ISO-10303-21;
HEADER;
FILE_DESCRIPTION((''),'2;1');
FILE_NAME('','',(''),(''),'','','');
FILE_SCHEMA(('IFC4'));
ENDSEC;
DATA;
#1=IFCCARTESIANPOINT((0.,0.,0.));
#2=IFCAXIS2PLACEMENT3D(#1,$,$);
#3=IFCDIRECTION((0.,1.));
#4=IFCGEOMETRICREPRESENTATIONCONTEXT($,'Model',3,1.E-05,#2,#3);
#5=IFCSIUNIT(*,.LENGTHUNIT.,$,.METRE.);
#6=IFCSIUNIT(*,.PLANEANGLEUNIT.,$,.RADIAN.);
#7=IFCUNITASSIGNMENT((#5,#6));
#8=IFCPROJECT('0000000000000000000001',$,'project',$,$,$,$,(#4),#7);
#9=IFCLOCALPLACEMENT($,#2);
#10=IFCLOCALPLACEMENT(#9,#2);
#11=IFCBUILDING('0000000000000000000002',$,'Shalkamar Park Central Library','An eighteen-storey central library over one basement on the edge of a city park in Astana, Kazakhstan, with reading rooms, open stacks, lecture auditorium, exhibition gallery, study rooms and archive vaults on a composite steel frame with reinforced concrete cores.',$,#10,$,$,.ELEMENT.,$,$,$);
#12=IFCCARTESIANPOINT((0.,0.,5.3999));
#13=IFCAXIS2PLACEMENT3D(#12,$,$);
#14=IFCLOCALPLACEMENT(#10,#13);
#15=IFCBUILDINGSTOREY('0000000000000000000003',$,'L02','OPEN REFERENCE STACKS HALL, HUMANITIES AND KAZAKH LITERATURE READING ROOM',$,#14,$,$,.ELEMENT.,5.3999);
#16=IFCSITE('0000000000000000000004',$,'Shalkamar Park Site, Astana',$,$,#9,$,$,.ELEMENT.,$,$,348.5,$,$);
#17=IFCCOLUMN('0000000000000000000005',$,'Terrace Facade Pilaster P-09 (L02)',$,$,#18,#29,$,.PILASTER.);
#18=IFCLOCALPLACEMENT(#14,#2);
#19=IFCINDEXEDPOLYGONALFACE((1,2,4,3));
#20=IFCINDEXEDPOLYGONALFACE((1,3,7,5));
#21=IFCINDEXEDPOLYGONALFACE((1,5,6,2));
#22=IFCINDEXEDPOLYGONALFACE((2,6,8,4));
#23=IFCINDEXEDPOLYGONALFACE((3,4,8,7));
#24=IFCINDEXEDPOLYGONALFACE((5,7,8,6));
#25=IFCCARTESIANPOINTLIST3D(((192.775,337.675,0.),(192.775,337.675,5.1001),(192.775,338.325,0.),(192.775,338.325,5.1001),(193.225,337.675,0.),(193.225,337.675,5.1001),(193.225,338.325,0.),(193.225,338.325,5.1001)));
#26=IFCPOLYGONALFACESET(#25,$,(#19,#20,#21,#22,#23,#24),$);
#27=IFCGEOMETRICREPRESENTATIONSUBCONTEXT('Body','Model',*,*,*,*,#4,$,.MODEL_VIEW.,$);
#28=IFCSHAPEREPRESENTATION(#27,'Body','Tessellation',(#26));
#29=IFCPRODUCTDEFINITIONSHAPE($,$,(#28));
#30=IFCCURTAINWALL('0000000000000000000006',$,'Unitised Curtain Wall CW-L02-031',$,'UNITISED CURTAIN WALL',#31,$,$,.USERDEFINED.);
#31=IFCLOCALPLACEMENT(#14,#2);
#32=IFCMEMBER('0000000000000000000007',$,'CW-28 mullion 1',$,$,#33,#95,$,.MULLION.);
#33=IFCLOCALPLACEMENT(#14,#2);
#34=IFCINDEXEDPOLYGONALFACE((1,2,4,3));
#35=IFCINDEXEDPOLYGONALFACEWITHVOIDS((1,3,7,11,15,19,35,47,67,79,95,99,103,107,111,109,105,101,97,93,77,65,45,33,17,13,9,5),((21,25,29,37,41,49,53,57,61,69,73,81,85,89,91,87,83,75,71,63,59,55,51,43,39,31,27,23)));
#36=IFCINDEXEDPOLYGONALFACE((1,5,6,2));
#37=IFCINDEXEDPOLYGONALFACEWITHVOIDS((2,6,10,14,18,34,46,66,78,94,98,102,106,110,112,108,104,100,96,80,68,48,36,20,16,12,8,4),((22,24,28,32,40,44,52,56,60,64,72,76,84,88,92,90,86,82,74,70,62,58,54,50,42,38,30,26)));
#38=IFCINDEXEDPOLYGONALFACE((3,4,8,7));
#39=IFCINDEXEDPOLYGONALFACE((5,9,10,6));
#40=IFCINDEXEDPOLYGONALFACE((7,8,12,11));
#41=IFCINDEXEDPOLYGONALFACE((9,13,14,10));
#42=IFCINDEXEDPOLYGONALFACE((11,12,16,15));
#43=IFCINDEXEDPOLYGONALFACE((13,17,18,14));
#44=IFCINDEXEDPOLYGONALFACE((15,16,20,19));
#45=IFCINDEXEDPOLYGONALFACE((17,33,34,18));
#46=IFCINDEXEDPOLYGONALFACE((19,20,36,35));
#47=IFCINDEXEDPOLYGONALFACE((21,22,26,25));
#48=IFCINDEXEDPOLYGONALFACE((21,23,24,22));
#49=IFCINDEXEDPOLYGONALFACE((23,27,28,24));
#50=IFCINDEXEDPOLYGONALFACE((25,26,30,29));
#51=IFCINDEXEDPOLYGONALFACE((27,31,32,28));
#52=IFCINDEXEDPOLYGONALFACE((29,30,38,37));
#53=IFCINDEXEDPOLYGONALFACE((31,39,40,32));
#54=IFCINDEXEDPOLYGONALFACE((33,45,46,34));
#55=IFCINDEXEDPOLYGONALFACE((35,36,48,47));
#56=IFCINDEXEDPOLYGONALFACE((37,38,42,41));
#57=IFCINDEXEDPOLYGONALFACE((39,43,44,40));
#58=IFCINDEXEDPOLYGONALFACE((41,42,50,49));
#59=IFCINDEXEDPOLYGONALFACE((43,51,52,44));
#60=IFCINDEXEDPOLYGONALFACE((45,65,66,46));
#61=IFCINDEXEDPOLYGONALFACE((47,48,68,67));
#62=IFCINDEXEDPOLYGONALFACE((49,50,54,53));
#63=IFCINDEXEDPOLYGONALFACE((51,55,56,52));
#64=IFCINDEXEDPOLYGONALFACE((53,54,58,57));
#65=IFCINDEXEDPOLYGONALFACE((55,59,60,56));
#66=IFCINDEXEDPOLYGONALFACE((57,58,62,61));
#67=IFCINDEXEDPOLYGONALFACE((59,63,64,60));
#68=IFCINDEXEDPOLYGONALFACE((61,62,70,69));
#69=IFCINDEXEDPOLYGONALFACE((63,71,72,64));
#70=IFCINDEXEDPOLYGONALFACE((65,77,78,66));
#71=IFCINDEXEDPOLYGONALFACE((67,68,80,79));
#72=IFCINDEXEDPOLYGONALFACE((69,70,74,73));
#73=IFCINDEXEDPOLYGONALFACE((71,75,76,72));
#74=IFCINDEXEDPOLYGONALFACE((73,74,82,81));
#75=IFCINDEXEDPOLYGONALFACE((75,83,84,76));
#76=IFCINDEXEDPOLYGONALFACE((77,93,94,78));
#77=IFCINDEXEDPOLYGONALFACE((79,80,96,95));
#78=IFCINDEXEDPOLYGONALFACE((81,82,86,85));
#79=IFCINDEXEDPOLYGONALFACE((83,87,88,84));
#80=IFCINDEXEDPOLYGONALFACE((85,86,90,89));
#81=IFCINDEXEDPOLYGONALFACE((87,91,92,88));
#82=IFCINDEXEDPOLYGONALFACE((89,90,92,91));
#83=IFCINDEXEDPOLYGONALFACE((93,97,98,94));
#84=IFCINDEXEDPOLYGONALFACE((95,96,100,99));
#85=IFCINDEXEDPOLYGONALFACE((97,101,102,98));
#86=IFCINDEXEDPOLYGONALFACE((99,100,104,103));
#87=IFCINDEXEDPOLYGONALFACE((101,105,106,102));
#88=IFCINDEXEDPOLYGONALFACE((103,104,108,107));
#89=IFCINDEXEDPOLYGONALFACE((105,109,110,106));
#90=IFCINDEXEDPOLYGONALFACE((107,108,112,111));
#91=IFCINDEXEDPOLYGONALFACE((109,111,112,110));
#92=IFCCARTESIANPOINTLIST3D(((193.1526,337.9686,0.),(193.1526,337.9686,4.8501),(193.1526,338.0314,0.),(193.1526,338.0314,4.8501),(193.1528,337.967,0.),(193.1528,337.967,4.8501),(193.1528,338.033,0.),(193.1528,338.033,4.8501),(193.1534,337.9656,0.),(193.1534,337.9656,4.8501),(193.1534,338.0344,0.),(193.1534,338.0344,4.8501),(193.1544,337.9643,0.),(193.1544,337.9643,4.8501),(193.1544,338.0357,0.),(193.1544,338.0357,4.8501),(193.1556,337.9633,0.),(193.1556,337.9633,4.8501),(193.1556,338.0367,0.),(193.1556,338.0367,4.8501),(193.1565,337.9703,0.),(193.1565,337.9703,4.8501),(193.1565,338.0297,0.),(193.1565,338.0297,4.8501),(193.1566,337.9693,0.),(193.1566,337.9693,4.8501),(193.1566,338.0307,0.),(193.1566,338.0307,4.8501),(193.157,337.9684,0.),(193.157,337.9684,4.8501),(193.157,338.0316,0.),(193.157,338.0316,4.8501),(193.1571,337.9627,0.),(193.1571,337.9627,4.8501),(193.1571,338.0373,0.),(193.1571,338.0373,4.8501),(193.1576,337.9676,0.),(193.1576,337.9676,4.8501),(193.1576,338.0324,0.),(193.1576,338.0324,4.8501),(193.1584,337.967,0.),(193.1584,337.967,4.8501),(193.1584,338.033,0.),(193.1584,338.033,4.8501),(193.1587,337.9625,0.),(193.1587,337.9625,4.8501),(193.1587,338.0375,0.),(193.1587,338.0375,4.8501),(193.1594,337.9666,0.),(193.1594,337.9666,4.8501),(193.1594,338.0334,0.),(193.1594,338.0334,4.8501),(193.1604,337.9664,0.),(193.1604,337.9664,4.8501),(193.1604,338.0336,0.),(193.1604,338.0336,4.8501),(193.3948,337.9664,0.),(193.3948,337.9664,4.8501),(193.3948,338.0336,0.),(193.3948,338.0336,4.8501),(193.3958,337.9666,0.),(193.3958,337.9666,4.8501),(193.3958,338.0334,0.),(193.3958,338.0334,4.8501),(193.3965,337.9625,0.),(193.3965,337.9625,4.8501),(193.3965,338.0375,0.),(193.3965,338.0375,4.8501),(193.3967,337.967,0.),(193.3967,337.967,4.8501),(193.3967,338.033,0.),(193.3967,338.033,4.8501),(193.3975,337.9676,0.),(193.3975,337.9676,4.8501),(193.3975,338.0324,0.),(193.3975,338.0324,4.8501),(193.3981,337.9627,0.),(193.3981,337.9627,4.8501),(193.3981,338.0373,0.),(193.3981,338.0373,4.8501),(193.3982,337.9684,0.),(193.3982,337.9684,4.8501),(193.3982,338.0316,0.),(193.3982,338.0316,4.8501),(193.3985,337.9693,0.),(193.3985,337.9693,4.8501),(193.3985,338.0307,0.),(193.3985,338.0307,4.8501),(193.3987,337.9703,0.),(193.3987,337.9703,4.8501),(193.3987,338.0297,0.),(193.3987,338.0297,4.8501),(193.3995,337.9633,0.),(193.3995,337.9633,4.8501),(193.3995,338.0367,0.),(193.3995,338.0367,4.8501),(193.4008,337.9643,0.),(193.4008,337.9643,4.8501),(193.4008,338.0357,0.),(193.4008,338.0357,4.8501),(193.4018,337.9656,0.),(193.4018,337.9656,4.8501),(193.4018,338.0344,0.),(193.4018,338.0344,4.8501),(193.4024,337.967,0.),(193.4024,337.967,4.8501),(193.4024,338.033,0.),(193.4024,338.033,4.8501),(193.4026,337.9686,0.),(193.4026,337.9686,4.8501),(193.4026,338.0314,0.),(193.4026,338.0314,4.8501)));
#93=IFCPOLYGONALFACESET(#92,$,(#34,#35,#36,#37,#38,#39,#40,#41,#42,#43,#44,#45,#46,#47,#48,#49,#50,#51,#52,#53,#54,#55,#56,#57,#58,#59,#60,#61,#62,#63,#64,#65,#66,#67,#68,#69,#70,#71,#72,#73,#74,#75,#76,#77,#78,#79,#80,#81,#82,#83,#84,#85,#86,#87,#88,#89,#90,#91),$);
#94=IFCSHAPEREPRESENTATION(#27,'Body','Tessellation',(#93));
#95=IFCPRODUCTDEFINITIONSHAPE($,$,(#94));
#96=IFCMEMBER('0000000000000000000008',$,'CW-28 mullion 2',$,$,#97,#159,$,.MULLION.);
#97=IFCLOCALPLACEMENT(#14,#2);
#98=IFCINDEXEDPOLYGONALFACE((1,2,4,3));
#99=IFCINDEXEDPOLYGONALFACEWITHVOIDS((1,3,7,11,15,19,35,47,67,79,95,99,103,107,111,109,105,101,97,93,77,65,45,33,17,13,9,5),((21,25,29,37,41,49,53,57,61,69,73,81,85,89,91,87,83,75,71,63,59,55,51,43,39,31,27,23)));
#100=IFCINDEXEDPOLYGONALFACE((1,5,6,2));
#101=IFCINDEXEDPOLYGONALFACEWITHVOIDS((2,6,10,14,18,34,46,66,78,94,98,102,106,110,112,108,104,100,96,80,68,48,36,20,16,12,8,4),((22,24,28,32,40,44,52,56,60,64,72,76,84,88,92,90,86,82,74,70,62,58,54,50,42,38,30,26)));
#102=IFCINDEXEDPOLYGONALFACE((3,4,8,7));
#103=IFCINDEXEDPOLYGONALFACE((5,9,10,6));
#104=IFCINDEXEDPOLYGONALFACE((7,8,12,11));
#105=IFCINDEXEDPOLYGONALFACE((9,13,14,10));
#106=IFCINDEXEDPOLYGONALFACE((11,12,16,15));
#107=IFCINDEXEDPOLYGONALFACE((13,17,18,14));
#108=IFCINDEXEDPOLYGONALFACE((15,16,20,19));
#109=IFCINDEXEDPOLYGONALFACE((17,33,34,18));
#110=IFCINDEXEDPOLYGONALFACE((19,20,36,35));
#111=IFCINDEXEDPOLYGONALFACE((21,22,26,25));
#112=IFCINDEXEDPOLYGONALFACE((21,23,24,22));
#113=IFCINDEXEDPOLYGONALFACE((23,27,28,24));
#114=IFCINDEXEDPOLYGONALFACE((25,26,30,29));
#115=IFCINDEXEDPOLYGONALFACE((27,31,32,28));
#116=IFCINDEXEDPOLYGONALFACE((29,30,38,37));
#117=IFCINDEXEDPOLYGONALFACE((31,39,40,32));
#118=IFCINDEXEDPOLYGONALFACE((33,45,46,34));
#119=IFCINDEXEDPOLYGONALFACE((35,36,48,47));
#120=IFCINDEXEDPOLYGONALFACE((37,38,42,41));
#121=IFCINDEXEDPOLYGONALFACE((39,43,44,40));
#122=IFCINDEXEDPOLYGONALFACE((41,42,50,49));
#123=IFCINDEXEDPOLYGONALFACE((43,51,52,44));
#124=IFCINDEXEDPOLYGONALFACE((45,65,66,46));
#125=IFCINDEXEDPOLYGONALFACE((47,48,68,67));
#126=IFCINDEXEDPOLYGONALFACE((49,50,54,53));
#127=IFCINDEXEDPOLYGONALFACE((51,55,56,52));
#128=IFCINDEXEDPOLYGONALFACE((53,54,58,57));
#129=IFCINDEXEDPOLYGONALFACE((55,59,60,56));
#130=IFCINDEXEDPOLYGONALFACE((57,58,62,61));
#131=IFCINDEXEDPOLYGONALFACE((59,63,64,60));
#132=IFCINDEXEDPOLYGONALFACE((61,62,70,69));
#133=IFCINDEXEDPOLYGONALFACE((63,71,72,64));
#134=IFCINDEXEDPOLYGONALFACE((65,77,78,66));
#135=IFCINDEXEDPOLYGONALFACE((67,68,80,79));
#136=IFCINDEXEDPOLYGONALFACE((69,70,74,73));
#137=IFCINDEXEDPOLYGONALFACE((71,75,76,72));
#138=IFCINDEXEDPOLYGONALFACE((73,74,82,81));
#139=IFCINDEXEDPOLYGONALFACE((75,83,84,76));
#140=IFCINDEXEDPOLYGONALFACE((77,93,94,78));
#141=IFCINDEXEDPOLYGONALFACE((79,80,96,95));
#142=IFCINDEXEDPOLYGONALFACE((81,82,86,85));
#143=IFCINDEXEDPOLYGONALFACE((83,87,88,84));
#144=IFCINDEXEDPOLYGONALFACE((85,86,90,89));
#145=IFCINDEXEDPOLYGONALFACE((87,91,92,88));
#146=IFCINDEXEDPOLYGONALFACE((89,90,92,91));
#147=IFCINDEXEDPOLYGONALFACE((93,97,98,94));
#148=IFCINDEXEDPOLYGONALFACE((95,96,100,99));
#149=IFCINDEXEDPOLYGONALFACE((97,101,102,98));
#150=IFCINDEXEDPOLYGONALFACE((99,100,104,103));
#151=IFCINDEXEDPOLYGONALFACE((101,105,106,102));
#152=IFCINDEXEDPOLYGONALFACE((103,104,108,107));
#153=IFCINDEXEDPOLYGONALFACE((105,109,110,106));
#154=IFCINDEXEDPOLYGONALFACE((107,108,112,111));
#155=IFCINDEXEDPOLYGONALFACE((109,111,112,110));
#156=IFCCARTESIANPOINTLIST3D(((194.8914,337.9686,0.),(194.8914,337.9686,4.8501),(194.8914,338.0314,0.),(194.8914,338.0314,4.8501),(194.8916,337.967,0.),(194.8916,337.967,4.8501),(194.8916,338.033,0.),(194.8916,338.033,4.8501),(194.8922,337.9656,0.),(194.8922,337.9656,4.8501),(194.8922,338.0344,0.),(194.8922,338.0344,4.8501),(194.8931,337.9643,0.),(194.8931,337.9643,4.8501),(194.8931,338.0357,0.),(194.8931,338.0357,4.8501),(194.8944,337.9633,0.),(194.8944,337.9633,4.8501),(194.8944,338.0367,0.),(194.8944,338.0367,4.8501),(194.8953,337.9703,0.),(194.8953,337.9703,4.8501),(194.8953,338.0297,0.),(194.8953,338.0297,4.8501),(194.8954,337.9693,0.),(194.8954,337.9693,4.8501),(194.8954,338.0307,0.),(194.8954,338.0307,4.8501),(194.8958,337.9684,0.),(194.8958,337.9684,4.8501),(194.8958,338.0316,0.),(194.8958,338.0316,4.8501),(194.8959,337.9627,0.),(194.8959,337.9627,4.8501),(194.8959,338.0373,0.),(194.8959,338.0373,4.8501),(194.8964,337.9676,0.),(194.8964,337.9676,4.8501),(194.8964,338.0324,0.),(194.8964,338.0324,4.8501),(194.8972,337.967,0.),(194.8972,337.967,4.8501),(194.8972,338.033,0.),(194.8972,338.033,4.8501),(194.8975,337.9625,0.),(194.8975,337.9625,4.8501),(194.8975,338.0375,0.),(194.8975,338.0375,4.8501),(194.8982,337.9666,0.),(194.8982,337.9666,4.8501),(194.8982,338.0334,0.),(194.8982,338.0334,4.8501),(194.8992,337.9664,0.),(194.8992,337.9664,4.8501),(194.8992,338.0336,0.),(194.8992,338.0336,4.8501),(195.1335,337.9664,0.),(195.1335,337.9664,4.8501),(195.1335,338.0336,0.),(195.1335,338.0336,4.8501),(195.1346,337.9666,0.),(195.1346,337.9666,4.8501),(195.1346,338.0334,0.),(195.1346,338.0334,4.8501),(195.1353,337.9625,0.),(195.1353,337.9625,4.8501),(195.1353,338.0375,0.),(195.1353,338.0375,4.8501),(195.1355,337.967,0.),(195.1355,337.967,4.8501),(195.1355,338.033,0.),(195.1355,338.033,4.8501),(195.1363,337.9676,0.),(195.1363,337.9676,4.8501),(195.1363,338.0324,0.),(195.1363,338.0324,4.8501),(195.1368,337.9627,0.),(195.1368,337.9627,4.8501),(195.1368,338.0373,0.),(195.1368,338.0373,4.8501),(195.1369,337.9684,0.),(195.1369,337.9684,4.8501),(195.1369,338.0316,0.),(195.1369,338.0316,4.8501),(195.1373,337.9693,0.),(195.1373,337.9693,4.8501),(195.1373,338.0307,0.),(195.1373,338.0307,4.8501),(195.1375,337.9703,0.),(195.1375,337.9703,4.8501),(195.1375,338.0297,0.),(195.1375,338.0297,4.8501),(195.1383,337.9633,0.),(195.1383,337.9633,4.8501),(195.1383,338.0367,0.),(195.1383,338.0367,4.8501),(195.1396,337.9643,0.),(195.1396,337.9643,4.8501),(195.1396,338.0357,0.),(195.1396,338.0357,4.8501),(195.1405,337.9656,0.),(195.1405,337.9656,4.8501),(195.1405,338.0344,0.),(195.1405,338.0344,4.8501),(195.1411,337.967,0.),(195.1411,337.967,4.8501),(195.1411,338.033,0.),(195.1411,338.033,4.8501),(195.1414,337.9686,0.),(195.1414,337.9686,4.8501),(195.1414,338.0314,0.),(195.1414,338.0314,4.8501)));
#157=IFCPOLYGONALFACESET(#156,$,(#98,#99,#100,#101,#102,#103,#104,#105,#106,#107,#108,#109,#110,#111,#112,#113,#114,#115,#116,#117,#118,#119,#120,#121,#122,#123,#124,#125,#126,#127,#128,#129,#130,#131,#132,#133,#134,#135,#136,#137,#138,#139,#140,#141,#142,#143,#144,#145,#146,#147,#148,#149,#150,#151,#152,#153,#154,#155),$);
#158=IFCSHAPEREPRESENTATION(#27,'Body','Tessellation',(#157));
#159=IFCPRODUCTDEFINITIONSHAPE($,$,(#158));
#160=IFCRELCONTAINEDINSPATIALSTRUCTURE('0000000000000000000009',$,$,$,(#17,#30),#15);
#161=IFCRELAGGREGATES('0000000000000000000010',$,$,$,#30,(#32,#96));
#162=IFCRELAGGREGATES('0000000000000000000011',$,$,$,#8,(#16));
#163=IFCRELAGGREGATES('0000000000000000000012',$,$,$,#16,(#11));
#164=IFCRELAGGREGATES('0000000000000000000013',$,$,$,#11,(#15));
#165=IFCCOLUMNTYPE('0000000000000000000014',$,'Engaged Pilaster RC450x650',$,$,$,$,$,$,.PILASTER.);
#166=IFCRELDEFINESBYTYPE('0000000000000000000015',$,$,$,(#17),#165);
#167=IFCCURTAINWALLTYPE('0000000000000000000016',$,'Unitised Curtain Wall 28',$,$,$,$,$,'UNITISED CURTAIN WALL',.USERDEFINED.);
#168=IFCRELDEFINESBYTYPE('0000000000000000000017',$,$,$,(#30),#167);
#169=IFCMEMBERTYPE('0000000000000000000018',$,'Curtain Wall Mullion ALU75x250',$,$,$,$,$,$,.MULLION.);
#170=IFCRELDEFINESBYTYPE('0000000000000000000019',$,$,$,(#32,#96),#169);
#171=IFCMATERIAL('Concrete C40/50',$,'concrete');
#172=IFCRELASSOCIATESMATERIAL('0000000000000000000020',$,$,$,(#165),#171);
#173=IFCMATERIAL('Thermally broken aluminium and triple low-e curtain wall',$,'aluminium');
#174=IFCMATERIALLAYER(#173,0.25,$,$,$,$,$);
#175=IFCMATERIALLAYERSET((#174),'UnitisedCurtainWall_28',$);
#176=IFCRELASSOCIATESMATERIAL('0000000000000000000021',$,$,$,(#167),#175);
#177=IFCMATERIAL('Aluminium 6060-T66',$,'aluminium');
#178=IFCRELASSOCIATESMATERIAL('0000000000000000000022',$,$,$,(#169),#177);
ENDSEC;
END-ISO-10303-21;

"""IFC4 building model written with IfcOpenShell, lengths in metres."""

from ifc_helpers import new_model, si_unit, direction, frame, origin, origin_2d, place, context, subcontext, project, spatial, rectangle, hollow_rectangle, extrude, material, layer, layer_set, material_profile, profile_set, type_object, element, aggregate, save


model = new_model("IFC4")

# Units and contexts
model_context = context("Model", 3, precision=1e-05, world=origin(), true_north=direction((0.0, 1.0)))
body_context = subcontext(model_context, "Body", "Model", "MODEL_VIEW")
ifc_project = project(units=[si_unit("LENGTHUNIT", "METRE"), si_unit("PLANEANGLEUNIT", "RADIAN")], contexts=[model_context])

# Site, building, storey
site_placement = place(None, origin())
site = spatial("IfcSite", under=ifc_project, at=site_placement, Name="Shalkamar Park Site, Astana", CompositionType="ELEMENT", RefElevation=348.5)
building_placement = place(site_placement, origin())
building = spatial("IfcBuilding", under=site, at=building_placement, Name="Shalkamar Park Central Library", Description="An eighteen-storey central library over one basement on the edge of a city park in Astana, Kazakhstan, with reading rooms, open stacks, lecture auditorium, exhibition gallery, study rooms and archive vaults on a composite steel frame with reinforced concrete cores.", CompositionType="ELEMENT")
storey_placement = place(building_placement, frame((0.0, 0.0, 5.3999)))
storey = spatial("IfcBuildingStorey", under=building, at=storey_placement, Name="L02", Description="OPEN REFERENCE STACKS HALL, HUMANITIES AND KAZAKH LITERATURE READING ROOM", CompositionType="ELEMENT", Elevation=5.3999)

# Column
ifc_material_1 = material(Name="Concrete C40/50", Category="concrete")
ifc_material_profile_1 = material_profile(ifc_material_1, rectangle(XDim=0.45, YDim=0.6499, at=origin_2d()), Name="RC 450x650")
ifc_profile_set_1 = profile_set([ifc_material_profile_1], Name="Concrete C40/50")
column_type = type_object("IfcColumnType", Name="Engaged Pilaster RC450x650", PredefinedType="PILASTER", material=ifc_profile_set_1)
column_placement = place(storey_placement, frame((193.0, 338.0, 0.0), z_axis=(0.0, 0.0, 1.0), x_axis=(1.0, 0.0, 0.0)))
element("IfcColumn", 1, at=column_placement, inside=storey, type_object=column_type, Name="Terrace Facade Pilaster P-09 (L02)", PredefinedType="PILASTER", context=body_context, shape_type="SweptSolid", body=[
    extrude(rectangle(XDim=0.45, YDim=0.6499, at=origin_2d()), origin(), (0.0, 0.0, 1.0), 5.1001),
])

# Curtain wall, members
ifc_material_2 = material(Name="Thermally broken aluminium and triple low-e curtain wall", Category="aluminium")
ifc_layer_1 = layer(ifc_material_2, 0.25)
ifc_layer_set_1 = layer_set([ifc_layer_1], Name="UnitisedCurtainWall_28")
curtain_wall_type_1 = type_object("IfcCurtainWallType", Name="Unitised Curtain Wall 28", ElementType="UNITISED CURTAIN WALL", PredefinedType="USERDEFINED", material=ifc_layer_set_1)
curtain_wall_1_placement = place(storey_placement, origin())
curtain_wall_1 = element("IfcCurtainWall", 2, at=curtain_wall_1_placement, inside=storey, type_object=curtain_wall_type_1, Name="Unitised Curtain Wall CW-L02-031", ObjectType="UNITISED CURTAIN WALL", PredefinedType="USERDEFINED")
ifc_material_3 = material(Name="Aluminium 6060-T66", Category="aluminium")
ifc_material_profile_2 = material_profile(ifc_material_3, hollow_rectangle(XDim=0.075, YDim=0.25, WallThickness=0.0039, InnerFilletRadius=0.0039, OuterFilletRadius=0.0061, at=origin_2d()), Name="ALU 75x250x4")
ifc_profile_set_2 = profile_set([ifc_material_profile_2], Name="Aluminium 6060-T66")
member_type_1 = type_object("IfcMemberType", Name="Curtain Wall Mullion ALU75x250", PredefinedType="MULLION", material=ifc_profile_set_2)
member_1_placement = place(storey_placement, frame((193.2776, 338.0, 0.0), z_axis=(0.0, 0.0, 1.0), x_axis=(0.0, 1.0, 0.0)))
member_1 = element("IfcMember", 3, at=member_1_placement, type_object=member_type_1, Name="CW-28 mullion 1", PredefinedType="MULLION", context=body_context, shape_type="SweptSolid", body=[
    extrude(hollow_rectangle(XDim=0.075, YDim=0.25, WallThickness=0.0039, InnerFilletRadius=0.0039, OuterFilletRadius=0.0061, at=origin_2d()), origin(), (0.0, 0.0, 1.0), 4.8501),
])
member_2_placement = place(storey_placement, frame((195.0164, 338.0, 0.0), z_axis=(0.0, 0.0, 1.0), x_axis=(0.0, 1.0, 0.0)))
member_2 = element("IfcMember", 4, at=member_2_placement, type_object=member_type_1, Name="CW-28 mullion 2", PredefinedType="MULLION", context=body_context, shape_type="SweptSolid", body=[
    extrude(hollow_rectangle(XDim=0.075, YDim=0.25, WallThickness=0.0039, InnerFilletRadius=0.0039, OuterFilletRadius=0.0061, at=origin_2d()), origin(), (0.0, 0.0, 1.0), 4.8501),
])

aggregate(curtain_wall_1, [member_1, member_2])

save(model, "model.ifc")
